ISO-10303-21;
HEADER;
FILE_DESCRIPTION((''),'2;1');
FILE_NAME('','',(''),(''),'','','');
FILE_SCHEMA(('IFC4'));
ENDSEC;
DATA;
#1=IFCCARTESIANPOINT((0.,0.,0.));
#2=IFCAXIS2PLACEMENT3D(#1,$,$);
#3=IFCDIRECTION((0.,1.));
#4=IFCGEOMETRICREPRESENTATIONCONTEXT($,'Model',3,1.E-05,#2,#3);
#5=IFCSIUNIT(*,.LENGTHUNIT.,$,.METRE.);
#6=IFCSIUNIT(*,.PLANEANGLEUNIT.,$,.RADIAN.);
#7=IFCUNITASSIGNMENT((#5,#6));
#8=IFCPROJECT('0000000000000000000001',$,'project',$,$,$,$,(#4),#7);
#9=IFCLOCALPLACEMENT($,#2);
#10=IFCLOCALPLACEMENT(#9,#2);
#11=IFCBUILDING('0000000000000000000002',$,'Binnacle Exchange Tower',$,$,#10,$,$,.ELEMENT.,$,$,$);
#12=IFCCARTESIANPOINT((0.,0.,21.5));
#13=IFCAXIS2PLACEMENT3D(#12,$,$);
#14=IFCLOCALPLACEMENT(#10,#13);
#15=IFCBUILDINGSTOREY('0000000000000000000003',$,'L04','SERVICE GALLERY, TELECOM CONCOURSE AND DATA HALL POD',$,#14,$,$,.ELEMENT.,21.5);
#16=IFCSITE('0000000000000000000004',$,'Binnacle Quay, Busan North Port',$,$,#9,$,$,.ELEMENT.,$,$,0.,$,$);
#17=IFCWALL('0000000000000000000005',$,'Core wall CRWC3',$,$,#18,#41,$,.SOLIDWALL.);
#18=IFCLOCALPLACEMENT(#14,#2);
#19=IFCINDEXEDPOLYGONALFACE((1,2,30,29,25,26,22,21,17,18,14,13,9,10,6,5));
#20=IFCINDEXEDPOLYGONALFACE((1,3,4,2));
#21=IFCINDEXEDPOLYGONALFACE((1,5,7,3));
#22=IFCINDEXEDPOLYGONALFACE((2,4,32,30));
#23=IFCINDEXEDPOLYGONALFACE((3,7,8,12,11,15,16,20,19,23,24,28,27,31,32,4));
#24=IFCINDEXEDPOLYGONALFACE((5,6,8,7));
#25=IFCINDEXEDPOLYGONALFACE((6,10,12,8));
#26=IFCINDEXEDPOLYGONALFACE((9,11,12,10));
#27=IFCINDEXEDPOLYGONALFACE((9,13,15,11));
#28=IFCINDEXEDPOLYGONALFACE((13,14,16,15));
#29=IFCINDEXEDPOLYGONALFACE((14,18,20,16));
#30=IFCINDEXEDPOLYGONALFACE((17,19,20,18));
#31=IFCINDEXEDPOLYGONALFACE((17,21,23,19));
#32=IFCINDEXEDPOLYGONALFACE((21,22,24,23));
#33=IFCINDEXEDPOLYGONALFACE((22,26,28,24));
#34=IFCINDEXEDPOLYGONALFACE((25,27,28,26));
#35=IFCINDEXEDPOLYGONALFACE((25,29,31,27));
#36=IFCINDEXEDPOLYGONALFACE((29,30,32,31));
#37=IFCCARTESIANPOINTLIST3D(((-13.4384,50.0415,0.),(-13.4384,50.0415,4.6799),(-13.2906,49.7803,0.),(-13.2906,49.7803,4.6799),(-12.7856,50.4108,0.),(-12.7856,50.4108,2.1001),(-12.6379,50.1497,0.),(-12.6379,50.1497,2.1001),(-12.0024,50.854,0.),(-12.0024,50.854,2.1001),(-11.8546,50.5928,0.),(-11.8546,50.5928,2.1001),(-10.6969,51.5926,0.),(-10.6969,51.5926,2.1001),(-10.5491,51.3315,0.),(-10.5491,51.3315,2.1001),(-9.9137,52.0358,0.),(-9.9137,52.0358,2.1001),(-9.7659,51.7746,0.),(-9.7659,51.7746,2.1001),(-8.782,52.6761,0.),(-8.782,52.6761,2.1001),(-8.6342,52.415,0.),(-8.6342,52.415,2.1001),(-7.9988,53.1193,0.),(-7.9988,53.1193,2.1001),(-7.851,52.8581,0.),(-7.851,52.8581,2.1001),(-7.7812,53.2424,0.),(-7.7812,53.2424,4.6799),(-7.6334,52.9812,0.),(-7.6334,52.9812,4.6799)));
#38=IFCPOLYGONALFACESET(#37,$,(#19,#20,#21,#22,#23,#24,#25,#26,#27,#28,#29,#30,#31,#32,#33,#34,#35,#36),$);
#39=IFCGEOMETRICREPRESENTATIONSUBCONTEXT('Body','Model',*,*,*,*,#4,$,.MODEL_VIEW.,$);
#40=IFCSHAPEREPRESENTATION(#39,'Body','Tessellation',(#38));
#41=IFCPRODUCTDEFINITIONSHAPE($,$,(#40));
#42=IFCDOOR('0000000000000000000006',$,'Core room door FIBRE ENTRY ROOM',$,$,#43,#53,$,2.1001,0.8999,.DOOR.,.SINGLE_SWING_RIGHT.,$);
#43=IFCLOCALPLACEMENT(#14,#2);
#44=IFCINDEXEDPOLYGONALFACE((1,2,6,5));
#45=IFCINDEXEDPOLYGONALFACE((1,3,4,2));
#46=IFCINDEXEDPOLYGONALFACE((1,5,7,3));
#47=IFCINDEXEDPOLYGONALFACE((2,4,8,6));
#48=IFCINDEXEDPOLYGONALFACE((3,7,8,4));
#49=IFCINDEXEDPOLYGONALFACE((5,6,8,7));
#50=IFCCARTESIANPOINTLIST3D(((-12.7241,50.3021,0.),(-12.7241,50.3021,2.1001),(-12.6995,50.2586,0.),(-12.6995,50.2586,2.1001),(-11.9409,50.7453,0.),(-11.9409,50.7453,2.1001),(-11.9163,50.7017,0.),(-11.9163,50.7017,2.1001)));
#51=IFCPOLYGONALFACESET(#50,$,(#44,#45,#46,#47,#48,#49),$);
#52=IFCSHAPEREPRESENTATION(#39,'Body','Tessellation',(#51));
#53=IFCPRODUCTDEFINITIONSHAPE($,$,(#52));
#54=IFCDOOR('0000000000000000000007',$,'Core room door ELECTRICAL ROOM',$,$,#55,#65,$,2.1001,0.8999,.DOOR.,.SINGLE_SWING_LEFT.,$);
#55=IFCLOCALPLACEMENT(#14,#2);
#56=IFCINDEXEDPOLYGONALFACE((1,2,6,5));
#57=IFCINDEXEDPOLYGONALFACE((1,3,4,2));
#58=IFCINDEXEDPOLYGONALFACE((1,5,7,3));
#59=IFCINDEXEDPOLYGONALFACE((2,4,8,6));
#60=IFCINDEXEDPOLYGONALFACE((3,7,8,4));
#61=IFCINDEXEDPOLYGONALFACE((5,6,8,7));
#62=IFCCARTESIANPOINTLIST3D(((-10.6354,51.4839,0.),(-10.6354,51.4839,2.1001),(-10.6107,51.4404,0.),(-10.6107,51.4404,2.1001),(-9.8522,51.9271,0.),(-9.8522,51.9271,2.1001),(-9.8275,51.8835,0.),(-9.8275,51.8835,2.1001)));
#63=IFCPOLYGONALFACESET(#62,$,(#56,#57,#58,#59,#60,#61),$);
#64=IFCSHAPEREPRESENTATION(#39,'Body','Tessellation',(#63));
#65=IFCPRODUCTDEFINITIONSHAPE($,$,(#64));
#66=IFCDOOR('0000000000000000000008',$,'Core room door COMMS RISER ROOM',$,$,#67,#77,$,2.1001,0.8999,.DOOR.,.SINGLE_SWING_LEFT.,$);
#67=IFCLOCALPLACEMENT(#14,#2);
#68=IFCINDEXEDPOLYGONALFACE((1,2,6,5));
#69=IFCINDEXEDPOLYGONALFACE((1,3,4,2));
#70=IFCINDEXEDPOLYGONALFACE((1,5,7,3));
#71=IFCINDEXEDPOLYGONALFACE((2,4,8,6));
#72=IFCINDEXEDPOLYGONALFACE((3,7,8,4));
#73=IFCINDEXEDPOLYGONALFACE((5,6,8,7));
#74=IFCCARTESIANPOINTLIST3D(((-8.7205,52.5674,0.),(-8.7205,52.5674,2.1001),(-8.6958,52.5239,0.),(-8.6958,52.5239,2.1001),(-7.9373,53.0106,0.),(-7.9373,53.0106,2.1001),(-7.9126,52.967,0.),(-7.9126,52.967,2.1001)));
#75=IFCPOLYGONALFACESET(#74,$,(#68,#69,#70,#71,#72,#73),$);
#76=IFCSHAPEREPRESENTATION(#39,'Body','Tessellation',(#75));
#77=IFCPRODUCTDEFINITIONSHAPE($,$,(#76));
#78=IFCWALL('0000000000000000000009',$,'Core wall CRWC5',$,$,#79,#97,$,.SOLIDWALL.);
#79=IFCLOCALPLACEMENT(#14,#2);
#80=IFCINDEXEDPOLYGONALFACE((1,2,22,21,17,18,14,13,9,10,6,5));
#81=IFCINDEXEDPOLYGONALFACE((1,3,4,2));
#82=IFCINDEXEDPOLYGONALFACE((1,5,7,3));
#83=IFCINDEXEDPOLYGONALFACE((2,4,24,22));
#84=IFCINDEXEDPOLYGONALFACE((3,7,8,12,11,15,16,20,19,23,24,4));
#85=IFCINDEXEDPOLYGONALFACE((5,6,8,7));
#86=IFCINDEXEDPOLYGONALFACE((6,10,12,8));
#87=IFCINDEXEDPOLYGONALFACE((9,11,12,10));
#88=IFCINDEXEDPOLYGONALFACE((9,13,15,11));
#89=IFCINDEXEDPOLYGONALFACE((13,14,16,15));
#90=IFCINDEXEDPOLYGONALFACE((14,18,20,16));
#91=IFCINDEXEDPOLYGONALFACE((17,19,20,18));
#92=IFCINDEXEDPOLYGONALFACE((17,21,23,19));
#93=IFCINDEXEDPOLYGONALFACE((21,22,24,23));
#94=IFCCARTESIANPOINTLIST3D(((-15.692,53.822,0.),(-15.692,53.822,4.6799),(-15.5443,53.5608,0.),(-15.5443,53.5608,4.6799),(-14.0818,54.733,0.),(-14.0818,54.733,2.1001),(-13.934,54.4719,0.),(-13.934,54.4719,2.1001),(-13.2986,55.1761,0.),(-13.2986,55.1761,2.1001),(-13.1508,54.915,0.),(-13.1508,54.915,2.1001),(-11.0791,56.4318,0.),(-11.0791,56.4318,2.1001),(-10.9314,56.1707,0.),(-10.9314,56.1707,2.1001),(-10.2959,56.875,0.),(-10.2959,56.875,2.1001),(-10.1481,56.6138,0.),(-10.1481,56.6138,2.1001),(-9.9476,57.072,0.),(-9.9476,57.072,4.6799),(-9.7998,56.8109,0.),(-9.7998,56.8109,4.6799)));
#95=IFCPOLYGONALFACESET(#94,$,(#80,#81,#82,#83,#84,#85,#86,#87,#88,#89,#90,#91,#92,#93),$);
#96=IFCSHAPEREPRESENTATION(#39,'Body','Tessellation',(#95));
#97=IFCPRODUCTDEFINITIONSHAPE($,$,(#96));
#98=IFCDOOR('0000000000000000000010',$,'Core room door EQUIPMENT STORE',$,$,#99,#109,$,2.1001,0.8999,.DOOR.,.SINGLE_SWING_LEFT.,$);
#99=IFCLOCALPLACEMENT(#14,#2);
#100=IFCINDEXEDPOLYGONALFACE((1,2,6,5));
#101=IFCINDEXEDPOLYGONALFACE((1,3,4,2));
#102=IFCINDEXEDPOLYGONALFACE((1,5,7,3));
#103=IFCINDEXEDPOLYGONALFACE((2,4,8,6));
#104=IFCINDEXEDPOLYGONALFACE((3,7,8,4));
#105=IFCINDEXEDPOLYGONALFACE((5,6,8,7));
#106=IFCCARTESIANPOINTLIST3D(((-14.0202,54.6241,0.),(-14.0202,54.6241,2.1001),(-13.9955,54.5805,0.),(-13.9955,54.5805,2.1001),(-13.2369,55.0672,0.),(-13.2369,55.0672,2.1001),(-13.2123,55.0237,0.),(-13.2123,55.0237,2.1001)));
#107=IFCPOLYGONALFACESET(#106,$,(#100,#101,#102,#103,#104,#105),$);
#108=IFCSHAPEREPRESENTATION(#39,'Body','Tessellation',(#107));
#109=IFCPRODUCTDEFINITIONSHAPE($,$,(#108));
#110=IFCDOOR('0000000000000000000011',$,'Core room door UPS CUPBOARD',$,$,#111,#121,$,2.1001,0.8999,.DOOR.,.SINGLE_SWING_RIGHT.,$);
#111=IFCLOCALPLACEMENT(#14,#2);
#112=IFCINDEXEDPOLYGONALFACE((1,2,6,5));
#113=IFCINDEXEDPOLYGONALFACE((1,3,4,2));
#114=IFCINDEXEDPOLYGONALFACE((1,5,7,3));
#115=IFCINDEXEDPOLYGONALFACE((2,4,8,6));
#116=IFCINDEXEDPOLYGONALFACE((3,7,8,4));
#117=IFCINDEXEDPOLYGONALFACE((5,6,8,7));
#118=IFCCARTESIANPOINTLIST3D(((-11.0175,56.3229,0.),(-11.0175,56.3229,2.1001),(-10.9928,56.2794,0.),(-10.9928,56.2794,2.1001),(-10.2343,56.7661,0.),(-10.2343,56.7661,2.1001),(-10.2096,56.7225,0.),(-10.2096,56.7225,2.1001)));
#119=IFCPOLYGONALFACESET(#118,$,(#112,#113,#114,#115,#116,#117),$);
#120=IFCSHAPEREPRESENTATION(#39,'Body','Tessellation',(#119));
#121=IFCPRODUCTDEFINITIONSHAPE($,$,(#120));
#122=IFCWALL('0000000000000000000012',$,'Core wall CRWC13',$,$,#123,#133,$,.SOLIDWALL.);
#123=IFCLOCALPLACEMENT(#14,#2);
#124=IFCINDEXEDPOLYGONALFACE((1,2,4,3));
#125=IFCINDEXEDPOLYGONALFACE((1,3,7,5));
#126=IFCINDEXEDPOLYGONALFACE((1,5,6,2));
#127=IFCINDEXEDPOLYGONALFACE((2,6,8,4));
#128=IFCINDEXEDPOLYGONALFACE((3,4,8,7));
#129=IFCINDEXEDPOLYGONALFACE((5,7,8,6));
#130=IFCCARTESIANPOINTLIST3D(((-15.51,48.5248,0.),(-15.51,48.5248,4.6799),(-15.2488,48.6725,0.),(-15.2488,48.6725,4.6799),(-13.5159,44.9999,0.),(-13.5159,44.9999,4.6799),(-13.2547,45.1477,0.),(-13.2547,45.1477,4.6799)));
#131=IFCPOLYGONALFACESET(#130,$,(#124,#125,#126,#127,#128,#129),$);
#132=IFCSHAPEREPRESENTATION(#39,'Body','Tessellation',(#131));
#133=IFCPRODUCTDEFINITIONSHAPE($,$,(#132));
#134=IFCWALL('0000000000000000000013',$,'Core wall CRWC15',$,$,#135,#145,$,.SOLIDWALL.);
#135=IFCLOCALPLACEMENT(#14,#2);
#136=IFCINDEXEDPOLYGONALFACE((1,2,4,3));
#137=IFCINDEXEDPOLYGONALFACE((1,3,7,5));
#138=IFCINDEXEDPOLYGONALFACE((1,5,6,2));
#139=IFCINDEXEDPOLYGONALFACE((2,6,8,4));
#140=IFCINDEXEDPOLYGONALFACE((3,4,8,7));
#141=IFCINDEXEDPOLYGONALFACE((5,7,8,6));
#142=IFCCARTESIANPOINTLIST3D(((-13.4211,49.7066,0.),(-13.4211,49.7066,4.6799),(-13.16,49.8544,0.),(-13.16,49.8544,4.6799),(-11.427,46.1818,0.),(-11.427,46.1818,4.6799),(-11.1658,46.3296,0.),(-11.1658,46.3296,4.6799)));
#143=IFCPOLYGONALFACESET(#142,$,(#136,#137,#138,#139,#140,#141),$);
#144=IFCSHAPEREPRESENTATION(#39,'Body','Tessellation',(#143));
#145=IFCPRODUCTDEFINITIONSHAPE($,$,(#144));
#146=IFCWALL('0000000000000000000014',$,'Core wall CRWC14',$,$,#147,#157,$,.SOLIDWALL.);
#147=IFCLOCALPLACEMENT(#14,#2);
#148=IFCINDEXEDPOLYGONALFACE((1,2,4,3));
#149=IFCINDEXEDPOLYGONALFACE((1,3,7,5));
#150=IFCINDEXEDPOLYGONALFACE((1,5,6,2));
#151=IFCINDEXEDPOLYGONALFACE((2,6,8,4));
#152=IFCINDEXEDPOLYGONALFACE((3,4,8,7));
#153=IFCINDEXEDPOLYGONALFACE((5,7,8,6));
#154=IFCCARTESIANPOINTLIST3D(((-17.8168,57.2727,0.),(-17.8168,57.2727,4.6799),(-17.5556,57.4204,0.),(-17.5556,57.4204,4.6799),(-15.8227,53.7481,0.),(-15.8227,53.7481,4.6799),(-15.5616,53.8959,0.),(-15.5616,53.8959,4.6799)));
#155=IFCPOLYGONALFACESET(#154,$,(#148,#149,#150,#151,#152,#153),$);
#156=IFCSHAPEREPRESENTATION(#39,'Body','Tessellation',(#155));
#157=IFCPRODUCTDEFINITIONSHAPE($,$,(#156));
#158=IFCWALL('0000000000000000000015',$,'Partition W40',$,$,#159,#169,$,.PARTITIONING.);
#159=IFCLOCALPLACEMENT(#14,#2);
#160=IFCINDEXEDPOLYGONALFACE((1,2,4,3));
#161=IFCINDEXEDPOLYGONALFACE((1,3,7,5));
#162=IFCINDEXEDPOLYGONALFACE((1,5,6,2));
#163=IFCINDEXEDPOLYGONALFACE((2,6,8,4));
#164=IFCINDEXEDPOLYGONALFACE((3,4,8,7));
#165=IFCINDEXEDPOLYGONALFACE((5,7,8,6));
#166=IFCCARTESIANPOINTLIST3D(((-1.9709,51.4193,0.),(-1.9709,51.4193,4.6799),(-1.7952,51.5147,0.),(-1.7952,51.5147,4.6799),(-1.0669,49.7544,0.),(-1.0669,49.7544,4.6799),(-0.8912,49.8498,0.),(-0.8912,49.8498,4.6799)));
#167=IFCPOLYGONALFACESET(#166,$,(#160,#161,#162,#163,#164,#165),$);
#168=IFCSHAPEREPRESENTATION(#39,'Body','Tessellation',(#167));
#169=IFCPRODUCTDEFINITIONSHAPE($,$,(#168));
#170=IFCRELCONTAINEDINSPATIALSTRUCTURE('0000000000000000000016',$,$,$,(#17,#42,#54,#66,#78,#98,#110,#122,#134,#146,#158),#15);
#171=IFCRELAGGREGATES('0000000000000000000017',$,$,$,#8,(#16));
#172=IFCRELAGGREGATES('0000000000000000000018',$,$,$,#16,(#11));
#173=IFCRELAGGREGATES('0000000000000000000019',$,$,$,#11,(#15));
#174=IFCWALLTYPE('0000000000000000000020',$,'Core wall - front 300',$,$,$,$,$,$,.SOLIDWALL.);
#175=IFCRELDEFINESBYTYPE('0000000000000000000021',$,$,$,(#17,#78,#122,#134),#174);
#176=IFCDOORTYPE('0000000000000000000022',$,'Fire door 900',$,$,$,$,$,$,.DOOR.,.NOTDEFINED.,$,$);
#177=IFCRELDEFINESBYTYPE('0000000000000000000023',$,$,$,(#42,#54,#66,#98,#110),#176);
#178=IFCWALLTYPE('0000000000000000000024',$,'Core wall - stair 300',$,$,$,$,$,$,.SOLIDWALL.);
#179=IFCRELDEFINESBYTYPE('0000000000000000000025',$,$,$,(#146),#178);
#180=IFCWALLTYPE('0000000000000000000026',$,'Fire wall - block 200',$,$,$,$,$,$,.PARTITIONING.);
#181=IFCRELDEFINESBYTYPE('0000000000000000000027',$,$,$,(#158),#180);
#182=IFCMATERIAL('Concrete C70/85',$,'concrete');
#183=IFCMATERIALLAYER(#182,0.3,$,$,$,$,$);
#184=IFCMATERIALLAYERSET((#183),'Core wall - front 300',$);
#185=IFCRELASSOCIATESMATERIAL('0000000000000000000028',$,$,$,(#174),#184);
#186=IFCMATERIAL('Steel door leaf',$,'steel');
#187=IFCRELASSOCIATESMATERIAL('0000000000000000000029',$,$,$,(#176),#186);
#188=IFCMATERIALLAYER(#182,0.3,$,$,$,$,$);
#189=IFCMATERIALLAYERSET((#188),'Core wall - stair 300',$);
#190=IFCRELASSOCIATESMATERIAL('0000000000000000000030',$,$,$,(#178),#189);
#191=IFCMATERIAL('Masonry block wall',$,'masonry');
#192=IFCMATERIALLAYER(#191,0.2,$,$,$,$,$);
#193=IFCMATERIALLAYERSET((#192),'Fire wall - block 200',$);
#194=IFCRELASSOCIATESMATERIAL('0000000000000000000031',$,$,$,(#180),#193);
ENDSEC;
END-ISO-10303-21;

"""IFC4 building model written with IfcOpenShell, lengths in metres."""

from ifc_helpers import new_model, si_unit, direction, frame, frame_2d, origin, place, context, subcontext, project, spatial, rectangle, extrude, material, layer, layer_set, type_object, element, fill, save


model = new_model("IFC4")

# Units and contexts
model_context = context("Model", 3, precision=1e-05, world=origin(), true_north=direction((0.0, 1.0)))
body_context = subcontext(model_context, "Body", "Model", "MODEL_VIEW")
ifc_project = project(units=[si_unit("LENGTHUNIT", "METRE"), si_unit("PLANEANGLEUNIT", "RADIAN")], contexts=[model_context])

# Site, building, storey
site_placement = place(None, origin())
site = spatial("IfcSite", under=ifc_project, at=site_placement, Name="Binnacle Quay, Busan North Port", CompositionType="ELEMENT", RefElevation=0.0)
building_placement = place(site_placement, origin())
building = spatial("IfcBuilding", under=site, at=building_placement, Name="Binnacle Exchange Tower", CompositionType="ELEMENT")
storey_placement = place(building_placement, frame((0.0, 0.0, 21.5)))
storey = spatial("IfcBuildingStorey", under=building, at=storey_placement, Name="L04", Description="SERVICE GALLERY, TELECOM CONCOURSE AND DATA HALL POD", CompositionType="ELEMENT", Elevation=21.5)

# Shared definitions
ifc_material_1 = material(Name="Concrete C70/85", Category="concrete")

# Walls, openings, doors
ifc_layer_1 = layer(ifc_material_1, 0.3)
ifc_layer_set_1 = layer_set([ifc_layer_1], Name="Core wall - front 300")
wall_type_1 = type_object("IfcWallType", Name="Core wall - front 300", PredefinedType="SOLIDWALL", material=ifc_layer_set_1)
wall_1_placement = place(storey_placement, frame((-13.3645, 49.9109, 0.0), z_axis=(0.0, 0.0, 1.0), x_axis=(0.870341, 0.49245, 0.0)))
wall_1 = element("IfcWall", 1, at=wall_1_placement, inside=storey, type_object=wall_type_1, Name="Core wall CRWC3", PredefinedType="SOLIDWALL", context=body_context, shape_type="SweptSolid", body=[
    extrude(rectangle(XDim=6.5, YDim=0.3, at=frame_2d((3.25, 0.0))), origin(), (0.0, 0.0, 1.0), 4.6799),
])
opening_1_placement = place(wall_1_placement, frame((0.75, 0.0, 0.0)))
opening_1 = element("IfcOpeningElement", 2, at=opening_1_placement, cuts=wall_1, PredefinedType="OPENING", context=body_context, shape_type="SweptSolid", body=[
    extrude(rectangle(XDim=0.8999, YDim=2.1001, at=frame_2d((0.45, 1.05))), frame((0.0, 0.1599, 0.0), z_axis=(0.0, -1.0, 0.0), x_axis=(1.0, 0.0, 0.0)), (0.0, 0.0, 1.0), 0.3201),
])
opening_2_placement = place(wall_1_placement, frame((3.1499, 0.0, 0.0)))
opening_2 = element("IfcOpeningElement", 3, at=opening_2_placement, cuts=wall_1, PredefinedType="OPENING", context=body_context, shape_type="SweptSolid", body=[
    extrude(rectangle(XDim=0.8999, YDim=2.1001, at=frame_2d((0.45, 1.05))), frame((0.0, 0.1599, 0.0), z_axis=(0.0, -1.0, 0.0), x_axis=(1.0, 0.0, 0.0)), (0.0, 0.0, 1.0), 0.3201),
])
opening_3_placement = place(wall_1_placement, frame((5.3501, 0.0, 0.0)))
opening_3 = element("IfcOpeningElement", 4, at=opening_3_placement, cuts=wall_1, PredefinedType="OPENING", context=body_context, shape_type="SweptSolid", body=[
    extrude(rectangle(XDim=0.8999, YDim=2.1001, at=frame_2d((0.45, 1.05))), frame((0.0, 0.1599, 0.0), z_axis=(0.0, -1.0, 0.0), x_axis=(1.0, 0.0, 0.0)), (0.0, 0.0, 1.0), 0.3201),
])
ifc_material_2 = material(Name="Steel door leaf", Category="steel")
door_type_1 = type_object("IfcDoorType", Name="Fire door 900", OperationType="NOTDEFINED", PredefinedType="DOOR", material=ifc_material_2)
door_1_placement = place(opening_1_placement, frame((0.8999, 0.0, 0.0), z_axis=(0.0, 0.0, 1.0), x_axis=(-1.0, 0.0, 0.0)))
door_1 = element("IfcDoor", 5, at=door_1_placement, inside=storey, type_object=door_type_1, Name="Core room door FIBRE ENTRY ROOM", OperationType="SINGLE_SWING_RIGHT", OverallHeight=2.1001, OverallWidth=0.8999, PredefinedType="DOOR", context=body_context, shape_type="SweptSolid", body=[
    extrude(rectangle(XDim=0.8999, YDim=2.1001, at=frame_2d((0.45, 1.05))), frame((0.0, 0.0249, 0.0), z_axis=(0.0, -1.0, 0.0), x_axis=(1.0, 0.0, 0.0)), (0.0, 0.0, 1.0), 0.05),
])
fill(opening_1, door_1)
door_2_placement = place(opening_2_placement, frame((0.8999, 0.0, 0.0), z_axis=(0.0, 0.0, 1.0), x_axis=(-1.0, 0.0, 0.0)))
door_2 = element("IfcDoor", 6, at=door_2_placement, inside=storey, type_object=door_type_1, Name="Core room door ELECTRICAL ROOM", OperationType="SINGLE_SWING_LEFT", OverallHeight=2.1001, OverallWidth=0.8999, PredefinedType="DOOR", context=body_context, shape_type="SweptSolid", body=[
    extrude(rectangle(XDim=0.8999, YDim=2.1001, at=frame_2d((0.45, 1.05))), frame((0.0, 0.0249, 0.0), z_axis=(0.0, -1.0, 0.0), x_axis=(1.0, 0.0, 0.0)), (0.0, 0.0, 1.0), 0.05),
])
fill(opening_2, door_2)
door_3_placement = place(opening_3_placement, frame((0.8999, 0.0, 0.0), z_axis=(0.0, 0.0, 1.0), x_axis=(-1.0, 0.0, 0.0)))
door_3 = element("IfcDoor", 7, at=door_3_placement, inside=storey, type_object=door_type_1, Name="Core room door COMMS RISER ROOM", OperationType="SINGLE_SWING_LEFT", OverallHeight=2.1001, OverallWidth=0.8999, PredefinedType="DOOR", context=body_context, shape_type="SweptSolid", body=[
    extrude(rectangle(XDim=0.8999, YDim=2.1001, at=frame_2d((0.45, 1.05))), frame((0.0, 0.0249, 0.0), z_axis=(0.0, -1.0, 0.0), x_axis=(1.0, 0.0, 0.0)), (0.0, 0.0, 1.0), 0.05),
])
fill(opening_3, door_3)
wall_2_placement = place(storey_placement, frame((-15.6182, 53.6914, 0.0), z_axis=(0.0, 0.0, 1.0), x_axis=(0.870357, 0.492422, 0.0)))
wall_2 = element("IfcWall", 8, at=wall_2_placement, inside=storey, type_object=wall_type_1, Name="Core wall CRWC5", PredefinedType="SOLIDWALL", context=body_context, shape_type="SweptSolid", body=[
    extrude(rectangle(XDim=6.6001, YDim=0.3, at=frame_2d((3.3, 0.0))), origin(), (0.0, 0.0, 1.0), 4.6799),
])
opening_4_placement = place(wall_2_placement, frame((1.8501, 0.0, 0.0)))
opening_4 = element("IfcOpeningElement", 9, at=opening_4_placement, cuts=wall_2, PredefinedType="OPENING", context=body_context, shape_type="SweptSolid", body=[
    extrude(rectangle(XDim=0.8999, YDim=2.1001, at=frame_2d((0.45, 1.05))), frame((0.0, 0.1599, 0.0), z_axis=(0.0, -1.0, 0.0), x_axis=(1.0, 0.0, 0.0)), (0.0, 0.0, 1.0), 0.3201),
])
opening_5_placement = place(wall_2_placement, frame((5.3, 0.0, 0.0)))
opening_5 = element("IfcOpeningElement", 10, at=opening_5_placement, cuts=wall_2, PredefinedType="OPENING", context=body_context, shape_type="SweptSolid", body=[
    extrude(rectangle(XDim=0.8999, YDim=2.1001, at=frame_2d((0.45, 1.05))), frame((0.0, 0.1599, 0.0), z_axis=(0.0, -1.0, 0.0), x_axis=(1.0, 0.0, 0.0)), (0.0, 0.0, 1.0), 0.3201),
])
door_4_placement = place(opening_4_placement, origin())
door_4 = element("IfcDoor", 11, at=door_4_placement, inside=storey, type_object=door_type_1, Name="Core room door EQUIPMENT STORE", OperationType="SINGLE_SWING_LEFT", OverallHeight=2.1001, OverallWidth=0.8999, PredefinedType="DOOR", context=body_context, shape_type="SweptSolid", body=[
    extrude(rectangle(XDim=0.8999, YDim=2.1001, at=frame_2d((0.45, 1.05))), frame((0.0, 0.0249, 0.0), z_axis=(0.0, -1.0, 0.0), x_axis=(1.0, 0.0, 0.0)), (0.0, 0.0, 1.0), 0.05),
])
fill(opening_4, door_4)
door_5_placement = place(opening_5_placement, origin())
door_5 = element("IfcDoor", 12, at=door_5_placement, inside=storey, type_object=door_type_1, Name="Core room door UPS CUPBOARD", OperationType="SINGLE_SWING_RIGHT", OverallHeight=2.1001, OverallWidth=0.8999, PredefinedType="DOOR", context=body_context, shape_type="SweptSolid", body=[
    extrude(rectangle(XDim=0.8999, YDim=2.1001, at=frame_2d((0.45, 1.05))), frame((0.0, 0.0249, 0.0), z_axis=(0.0, -1.0, 0.0), x_axis=(1.0, 0.0, 0.0)), (0.0, 0.0, 1.0), 0.05),
])
fill(opening_5, door_5)

# Walls
for number, where, z_axis, x_axis, name in (
    (13, (-15.3794, 48.5986, 0.0), (0.0, 0.0, 1.0), (0.492395, -0.870372, 0.0), "Core wall CRWC13"),
    (14, (-13.2905, 49.7805, 0.0), (0.0, 0.0, 1.0), (0.492395, -0.870372, 0.0), "Core wall CRWC15"),
):
    element("IfcWall", number, at=place(storey_placement, frame(where, z_axis=z_axis, x_axis=x_axis)), inside=storey, type_object=wall_type_1, Name=name, PredefinedType="SOLIDWALL", context=body_context, shape_type="SweptSolid", body=[
        extrude(rectangle(XDim=4.0498, YDim=0.3, at=frame_2d((2.0249, 0.0))), origin(), (0.0, 0.0, 1.0), 4.6799),
    ])
ifc_layer_2 = layer(ifc_material_1, 0.3)
ifc_layer_set_2 = layer_set([ifc_layer_2], Name="Core wall - stair 300")
wall_type_2 = type_object("IfcWallType", Name="Core wall - stair 300", PredefinedType="SOLIDWALL", material=ifc_layer_set_2)
wall_3_placement = place(storey_placement, frame((-17.6863, 57.3467, 0.0), z_axis=(0.0, 0.0, 1.0), x_axis=(0.492421, -0.870357, 0.0)))
element("IfcWall", 15, at=wall_3_placement, inside=storey, type_object=wall_type_2, Name="Core wall CRWC14", PredefinedType="SOLIDWALL", context=body_context, shape_type="SweptSolid", body=[
    extrude(rectangle(XDim=4.0496, YDim=0.3, at=frame_2d((2.0249, 0.0))), origin(), (0.0, 0.0, 1.0), 4.6799),
])
ifc_material_3 = material(Name="Masonry block wall", Category="masonry")
ifc_layer_3 = layer(ifc_material_3, 0.2)
ifc_layer_set_3 = layer_set([ifc_layer_3], Name="Fire wall - block 200")
wall_type_3 = type_object("IfcWallType", Name="Fire wall - block 200", PredefinedType="PARTITIONING", material=ifc_layer_set_3)
wall_4_placement = place(storey_placement, frame((-1.8831, 51.467, 0.0), z_axis=(0.0, 0.0, 1.0), x_axis=(0.477163, -0.878815, 0.0)))
element("IfcWall", 16, at=wall_4_placement, inside=storey, type_object=wall_type_3, Name="Partition W40", PredefinedType="PARTITIONING", context=body_context, shape_type="SweptSolid", body=[
    extrude(rectangle(XDim=1.8945, YDim=0.2, at=frame_2d((0.9473, 0.0))), origin(), (0.0, 0.0, 1.0), 4.6799),
])

save(model, "model.ifc")
